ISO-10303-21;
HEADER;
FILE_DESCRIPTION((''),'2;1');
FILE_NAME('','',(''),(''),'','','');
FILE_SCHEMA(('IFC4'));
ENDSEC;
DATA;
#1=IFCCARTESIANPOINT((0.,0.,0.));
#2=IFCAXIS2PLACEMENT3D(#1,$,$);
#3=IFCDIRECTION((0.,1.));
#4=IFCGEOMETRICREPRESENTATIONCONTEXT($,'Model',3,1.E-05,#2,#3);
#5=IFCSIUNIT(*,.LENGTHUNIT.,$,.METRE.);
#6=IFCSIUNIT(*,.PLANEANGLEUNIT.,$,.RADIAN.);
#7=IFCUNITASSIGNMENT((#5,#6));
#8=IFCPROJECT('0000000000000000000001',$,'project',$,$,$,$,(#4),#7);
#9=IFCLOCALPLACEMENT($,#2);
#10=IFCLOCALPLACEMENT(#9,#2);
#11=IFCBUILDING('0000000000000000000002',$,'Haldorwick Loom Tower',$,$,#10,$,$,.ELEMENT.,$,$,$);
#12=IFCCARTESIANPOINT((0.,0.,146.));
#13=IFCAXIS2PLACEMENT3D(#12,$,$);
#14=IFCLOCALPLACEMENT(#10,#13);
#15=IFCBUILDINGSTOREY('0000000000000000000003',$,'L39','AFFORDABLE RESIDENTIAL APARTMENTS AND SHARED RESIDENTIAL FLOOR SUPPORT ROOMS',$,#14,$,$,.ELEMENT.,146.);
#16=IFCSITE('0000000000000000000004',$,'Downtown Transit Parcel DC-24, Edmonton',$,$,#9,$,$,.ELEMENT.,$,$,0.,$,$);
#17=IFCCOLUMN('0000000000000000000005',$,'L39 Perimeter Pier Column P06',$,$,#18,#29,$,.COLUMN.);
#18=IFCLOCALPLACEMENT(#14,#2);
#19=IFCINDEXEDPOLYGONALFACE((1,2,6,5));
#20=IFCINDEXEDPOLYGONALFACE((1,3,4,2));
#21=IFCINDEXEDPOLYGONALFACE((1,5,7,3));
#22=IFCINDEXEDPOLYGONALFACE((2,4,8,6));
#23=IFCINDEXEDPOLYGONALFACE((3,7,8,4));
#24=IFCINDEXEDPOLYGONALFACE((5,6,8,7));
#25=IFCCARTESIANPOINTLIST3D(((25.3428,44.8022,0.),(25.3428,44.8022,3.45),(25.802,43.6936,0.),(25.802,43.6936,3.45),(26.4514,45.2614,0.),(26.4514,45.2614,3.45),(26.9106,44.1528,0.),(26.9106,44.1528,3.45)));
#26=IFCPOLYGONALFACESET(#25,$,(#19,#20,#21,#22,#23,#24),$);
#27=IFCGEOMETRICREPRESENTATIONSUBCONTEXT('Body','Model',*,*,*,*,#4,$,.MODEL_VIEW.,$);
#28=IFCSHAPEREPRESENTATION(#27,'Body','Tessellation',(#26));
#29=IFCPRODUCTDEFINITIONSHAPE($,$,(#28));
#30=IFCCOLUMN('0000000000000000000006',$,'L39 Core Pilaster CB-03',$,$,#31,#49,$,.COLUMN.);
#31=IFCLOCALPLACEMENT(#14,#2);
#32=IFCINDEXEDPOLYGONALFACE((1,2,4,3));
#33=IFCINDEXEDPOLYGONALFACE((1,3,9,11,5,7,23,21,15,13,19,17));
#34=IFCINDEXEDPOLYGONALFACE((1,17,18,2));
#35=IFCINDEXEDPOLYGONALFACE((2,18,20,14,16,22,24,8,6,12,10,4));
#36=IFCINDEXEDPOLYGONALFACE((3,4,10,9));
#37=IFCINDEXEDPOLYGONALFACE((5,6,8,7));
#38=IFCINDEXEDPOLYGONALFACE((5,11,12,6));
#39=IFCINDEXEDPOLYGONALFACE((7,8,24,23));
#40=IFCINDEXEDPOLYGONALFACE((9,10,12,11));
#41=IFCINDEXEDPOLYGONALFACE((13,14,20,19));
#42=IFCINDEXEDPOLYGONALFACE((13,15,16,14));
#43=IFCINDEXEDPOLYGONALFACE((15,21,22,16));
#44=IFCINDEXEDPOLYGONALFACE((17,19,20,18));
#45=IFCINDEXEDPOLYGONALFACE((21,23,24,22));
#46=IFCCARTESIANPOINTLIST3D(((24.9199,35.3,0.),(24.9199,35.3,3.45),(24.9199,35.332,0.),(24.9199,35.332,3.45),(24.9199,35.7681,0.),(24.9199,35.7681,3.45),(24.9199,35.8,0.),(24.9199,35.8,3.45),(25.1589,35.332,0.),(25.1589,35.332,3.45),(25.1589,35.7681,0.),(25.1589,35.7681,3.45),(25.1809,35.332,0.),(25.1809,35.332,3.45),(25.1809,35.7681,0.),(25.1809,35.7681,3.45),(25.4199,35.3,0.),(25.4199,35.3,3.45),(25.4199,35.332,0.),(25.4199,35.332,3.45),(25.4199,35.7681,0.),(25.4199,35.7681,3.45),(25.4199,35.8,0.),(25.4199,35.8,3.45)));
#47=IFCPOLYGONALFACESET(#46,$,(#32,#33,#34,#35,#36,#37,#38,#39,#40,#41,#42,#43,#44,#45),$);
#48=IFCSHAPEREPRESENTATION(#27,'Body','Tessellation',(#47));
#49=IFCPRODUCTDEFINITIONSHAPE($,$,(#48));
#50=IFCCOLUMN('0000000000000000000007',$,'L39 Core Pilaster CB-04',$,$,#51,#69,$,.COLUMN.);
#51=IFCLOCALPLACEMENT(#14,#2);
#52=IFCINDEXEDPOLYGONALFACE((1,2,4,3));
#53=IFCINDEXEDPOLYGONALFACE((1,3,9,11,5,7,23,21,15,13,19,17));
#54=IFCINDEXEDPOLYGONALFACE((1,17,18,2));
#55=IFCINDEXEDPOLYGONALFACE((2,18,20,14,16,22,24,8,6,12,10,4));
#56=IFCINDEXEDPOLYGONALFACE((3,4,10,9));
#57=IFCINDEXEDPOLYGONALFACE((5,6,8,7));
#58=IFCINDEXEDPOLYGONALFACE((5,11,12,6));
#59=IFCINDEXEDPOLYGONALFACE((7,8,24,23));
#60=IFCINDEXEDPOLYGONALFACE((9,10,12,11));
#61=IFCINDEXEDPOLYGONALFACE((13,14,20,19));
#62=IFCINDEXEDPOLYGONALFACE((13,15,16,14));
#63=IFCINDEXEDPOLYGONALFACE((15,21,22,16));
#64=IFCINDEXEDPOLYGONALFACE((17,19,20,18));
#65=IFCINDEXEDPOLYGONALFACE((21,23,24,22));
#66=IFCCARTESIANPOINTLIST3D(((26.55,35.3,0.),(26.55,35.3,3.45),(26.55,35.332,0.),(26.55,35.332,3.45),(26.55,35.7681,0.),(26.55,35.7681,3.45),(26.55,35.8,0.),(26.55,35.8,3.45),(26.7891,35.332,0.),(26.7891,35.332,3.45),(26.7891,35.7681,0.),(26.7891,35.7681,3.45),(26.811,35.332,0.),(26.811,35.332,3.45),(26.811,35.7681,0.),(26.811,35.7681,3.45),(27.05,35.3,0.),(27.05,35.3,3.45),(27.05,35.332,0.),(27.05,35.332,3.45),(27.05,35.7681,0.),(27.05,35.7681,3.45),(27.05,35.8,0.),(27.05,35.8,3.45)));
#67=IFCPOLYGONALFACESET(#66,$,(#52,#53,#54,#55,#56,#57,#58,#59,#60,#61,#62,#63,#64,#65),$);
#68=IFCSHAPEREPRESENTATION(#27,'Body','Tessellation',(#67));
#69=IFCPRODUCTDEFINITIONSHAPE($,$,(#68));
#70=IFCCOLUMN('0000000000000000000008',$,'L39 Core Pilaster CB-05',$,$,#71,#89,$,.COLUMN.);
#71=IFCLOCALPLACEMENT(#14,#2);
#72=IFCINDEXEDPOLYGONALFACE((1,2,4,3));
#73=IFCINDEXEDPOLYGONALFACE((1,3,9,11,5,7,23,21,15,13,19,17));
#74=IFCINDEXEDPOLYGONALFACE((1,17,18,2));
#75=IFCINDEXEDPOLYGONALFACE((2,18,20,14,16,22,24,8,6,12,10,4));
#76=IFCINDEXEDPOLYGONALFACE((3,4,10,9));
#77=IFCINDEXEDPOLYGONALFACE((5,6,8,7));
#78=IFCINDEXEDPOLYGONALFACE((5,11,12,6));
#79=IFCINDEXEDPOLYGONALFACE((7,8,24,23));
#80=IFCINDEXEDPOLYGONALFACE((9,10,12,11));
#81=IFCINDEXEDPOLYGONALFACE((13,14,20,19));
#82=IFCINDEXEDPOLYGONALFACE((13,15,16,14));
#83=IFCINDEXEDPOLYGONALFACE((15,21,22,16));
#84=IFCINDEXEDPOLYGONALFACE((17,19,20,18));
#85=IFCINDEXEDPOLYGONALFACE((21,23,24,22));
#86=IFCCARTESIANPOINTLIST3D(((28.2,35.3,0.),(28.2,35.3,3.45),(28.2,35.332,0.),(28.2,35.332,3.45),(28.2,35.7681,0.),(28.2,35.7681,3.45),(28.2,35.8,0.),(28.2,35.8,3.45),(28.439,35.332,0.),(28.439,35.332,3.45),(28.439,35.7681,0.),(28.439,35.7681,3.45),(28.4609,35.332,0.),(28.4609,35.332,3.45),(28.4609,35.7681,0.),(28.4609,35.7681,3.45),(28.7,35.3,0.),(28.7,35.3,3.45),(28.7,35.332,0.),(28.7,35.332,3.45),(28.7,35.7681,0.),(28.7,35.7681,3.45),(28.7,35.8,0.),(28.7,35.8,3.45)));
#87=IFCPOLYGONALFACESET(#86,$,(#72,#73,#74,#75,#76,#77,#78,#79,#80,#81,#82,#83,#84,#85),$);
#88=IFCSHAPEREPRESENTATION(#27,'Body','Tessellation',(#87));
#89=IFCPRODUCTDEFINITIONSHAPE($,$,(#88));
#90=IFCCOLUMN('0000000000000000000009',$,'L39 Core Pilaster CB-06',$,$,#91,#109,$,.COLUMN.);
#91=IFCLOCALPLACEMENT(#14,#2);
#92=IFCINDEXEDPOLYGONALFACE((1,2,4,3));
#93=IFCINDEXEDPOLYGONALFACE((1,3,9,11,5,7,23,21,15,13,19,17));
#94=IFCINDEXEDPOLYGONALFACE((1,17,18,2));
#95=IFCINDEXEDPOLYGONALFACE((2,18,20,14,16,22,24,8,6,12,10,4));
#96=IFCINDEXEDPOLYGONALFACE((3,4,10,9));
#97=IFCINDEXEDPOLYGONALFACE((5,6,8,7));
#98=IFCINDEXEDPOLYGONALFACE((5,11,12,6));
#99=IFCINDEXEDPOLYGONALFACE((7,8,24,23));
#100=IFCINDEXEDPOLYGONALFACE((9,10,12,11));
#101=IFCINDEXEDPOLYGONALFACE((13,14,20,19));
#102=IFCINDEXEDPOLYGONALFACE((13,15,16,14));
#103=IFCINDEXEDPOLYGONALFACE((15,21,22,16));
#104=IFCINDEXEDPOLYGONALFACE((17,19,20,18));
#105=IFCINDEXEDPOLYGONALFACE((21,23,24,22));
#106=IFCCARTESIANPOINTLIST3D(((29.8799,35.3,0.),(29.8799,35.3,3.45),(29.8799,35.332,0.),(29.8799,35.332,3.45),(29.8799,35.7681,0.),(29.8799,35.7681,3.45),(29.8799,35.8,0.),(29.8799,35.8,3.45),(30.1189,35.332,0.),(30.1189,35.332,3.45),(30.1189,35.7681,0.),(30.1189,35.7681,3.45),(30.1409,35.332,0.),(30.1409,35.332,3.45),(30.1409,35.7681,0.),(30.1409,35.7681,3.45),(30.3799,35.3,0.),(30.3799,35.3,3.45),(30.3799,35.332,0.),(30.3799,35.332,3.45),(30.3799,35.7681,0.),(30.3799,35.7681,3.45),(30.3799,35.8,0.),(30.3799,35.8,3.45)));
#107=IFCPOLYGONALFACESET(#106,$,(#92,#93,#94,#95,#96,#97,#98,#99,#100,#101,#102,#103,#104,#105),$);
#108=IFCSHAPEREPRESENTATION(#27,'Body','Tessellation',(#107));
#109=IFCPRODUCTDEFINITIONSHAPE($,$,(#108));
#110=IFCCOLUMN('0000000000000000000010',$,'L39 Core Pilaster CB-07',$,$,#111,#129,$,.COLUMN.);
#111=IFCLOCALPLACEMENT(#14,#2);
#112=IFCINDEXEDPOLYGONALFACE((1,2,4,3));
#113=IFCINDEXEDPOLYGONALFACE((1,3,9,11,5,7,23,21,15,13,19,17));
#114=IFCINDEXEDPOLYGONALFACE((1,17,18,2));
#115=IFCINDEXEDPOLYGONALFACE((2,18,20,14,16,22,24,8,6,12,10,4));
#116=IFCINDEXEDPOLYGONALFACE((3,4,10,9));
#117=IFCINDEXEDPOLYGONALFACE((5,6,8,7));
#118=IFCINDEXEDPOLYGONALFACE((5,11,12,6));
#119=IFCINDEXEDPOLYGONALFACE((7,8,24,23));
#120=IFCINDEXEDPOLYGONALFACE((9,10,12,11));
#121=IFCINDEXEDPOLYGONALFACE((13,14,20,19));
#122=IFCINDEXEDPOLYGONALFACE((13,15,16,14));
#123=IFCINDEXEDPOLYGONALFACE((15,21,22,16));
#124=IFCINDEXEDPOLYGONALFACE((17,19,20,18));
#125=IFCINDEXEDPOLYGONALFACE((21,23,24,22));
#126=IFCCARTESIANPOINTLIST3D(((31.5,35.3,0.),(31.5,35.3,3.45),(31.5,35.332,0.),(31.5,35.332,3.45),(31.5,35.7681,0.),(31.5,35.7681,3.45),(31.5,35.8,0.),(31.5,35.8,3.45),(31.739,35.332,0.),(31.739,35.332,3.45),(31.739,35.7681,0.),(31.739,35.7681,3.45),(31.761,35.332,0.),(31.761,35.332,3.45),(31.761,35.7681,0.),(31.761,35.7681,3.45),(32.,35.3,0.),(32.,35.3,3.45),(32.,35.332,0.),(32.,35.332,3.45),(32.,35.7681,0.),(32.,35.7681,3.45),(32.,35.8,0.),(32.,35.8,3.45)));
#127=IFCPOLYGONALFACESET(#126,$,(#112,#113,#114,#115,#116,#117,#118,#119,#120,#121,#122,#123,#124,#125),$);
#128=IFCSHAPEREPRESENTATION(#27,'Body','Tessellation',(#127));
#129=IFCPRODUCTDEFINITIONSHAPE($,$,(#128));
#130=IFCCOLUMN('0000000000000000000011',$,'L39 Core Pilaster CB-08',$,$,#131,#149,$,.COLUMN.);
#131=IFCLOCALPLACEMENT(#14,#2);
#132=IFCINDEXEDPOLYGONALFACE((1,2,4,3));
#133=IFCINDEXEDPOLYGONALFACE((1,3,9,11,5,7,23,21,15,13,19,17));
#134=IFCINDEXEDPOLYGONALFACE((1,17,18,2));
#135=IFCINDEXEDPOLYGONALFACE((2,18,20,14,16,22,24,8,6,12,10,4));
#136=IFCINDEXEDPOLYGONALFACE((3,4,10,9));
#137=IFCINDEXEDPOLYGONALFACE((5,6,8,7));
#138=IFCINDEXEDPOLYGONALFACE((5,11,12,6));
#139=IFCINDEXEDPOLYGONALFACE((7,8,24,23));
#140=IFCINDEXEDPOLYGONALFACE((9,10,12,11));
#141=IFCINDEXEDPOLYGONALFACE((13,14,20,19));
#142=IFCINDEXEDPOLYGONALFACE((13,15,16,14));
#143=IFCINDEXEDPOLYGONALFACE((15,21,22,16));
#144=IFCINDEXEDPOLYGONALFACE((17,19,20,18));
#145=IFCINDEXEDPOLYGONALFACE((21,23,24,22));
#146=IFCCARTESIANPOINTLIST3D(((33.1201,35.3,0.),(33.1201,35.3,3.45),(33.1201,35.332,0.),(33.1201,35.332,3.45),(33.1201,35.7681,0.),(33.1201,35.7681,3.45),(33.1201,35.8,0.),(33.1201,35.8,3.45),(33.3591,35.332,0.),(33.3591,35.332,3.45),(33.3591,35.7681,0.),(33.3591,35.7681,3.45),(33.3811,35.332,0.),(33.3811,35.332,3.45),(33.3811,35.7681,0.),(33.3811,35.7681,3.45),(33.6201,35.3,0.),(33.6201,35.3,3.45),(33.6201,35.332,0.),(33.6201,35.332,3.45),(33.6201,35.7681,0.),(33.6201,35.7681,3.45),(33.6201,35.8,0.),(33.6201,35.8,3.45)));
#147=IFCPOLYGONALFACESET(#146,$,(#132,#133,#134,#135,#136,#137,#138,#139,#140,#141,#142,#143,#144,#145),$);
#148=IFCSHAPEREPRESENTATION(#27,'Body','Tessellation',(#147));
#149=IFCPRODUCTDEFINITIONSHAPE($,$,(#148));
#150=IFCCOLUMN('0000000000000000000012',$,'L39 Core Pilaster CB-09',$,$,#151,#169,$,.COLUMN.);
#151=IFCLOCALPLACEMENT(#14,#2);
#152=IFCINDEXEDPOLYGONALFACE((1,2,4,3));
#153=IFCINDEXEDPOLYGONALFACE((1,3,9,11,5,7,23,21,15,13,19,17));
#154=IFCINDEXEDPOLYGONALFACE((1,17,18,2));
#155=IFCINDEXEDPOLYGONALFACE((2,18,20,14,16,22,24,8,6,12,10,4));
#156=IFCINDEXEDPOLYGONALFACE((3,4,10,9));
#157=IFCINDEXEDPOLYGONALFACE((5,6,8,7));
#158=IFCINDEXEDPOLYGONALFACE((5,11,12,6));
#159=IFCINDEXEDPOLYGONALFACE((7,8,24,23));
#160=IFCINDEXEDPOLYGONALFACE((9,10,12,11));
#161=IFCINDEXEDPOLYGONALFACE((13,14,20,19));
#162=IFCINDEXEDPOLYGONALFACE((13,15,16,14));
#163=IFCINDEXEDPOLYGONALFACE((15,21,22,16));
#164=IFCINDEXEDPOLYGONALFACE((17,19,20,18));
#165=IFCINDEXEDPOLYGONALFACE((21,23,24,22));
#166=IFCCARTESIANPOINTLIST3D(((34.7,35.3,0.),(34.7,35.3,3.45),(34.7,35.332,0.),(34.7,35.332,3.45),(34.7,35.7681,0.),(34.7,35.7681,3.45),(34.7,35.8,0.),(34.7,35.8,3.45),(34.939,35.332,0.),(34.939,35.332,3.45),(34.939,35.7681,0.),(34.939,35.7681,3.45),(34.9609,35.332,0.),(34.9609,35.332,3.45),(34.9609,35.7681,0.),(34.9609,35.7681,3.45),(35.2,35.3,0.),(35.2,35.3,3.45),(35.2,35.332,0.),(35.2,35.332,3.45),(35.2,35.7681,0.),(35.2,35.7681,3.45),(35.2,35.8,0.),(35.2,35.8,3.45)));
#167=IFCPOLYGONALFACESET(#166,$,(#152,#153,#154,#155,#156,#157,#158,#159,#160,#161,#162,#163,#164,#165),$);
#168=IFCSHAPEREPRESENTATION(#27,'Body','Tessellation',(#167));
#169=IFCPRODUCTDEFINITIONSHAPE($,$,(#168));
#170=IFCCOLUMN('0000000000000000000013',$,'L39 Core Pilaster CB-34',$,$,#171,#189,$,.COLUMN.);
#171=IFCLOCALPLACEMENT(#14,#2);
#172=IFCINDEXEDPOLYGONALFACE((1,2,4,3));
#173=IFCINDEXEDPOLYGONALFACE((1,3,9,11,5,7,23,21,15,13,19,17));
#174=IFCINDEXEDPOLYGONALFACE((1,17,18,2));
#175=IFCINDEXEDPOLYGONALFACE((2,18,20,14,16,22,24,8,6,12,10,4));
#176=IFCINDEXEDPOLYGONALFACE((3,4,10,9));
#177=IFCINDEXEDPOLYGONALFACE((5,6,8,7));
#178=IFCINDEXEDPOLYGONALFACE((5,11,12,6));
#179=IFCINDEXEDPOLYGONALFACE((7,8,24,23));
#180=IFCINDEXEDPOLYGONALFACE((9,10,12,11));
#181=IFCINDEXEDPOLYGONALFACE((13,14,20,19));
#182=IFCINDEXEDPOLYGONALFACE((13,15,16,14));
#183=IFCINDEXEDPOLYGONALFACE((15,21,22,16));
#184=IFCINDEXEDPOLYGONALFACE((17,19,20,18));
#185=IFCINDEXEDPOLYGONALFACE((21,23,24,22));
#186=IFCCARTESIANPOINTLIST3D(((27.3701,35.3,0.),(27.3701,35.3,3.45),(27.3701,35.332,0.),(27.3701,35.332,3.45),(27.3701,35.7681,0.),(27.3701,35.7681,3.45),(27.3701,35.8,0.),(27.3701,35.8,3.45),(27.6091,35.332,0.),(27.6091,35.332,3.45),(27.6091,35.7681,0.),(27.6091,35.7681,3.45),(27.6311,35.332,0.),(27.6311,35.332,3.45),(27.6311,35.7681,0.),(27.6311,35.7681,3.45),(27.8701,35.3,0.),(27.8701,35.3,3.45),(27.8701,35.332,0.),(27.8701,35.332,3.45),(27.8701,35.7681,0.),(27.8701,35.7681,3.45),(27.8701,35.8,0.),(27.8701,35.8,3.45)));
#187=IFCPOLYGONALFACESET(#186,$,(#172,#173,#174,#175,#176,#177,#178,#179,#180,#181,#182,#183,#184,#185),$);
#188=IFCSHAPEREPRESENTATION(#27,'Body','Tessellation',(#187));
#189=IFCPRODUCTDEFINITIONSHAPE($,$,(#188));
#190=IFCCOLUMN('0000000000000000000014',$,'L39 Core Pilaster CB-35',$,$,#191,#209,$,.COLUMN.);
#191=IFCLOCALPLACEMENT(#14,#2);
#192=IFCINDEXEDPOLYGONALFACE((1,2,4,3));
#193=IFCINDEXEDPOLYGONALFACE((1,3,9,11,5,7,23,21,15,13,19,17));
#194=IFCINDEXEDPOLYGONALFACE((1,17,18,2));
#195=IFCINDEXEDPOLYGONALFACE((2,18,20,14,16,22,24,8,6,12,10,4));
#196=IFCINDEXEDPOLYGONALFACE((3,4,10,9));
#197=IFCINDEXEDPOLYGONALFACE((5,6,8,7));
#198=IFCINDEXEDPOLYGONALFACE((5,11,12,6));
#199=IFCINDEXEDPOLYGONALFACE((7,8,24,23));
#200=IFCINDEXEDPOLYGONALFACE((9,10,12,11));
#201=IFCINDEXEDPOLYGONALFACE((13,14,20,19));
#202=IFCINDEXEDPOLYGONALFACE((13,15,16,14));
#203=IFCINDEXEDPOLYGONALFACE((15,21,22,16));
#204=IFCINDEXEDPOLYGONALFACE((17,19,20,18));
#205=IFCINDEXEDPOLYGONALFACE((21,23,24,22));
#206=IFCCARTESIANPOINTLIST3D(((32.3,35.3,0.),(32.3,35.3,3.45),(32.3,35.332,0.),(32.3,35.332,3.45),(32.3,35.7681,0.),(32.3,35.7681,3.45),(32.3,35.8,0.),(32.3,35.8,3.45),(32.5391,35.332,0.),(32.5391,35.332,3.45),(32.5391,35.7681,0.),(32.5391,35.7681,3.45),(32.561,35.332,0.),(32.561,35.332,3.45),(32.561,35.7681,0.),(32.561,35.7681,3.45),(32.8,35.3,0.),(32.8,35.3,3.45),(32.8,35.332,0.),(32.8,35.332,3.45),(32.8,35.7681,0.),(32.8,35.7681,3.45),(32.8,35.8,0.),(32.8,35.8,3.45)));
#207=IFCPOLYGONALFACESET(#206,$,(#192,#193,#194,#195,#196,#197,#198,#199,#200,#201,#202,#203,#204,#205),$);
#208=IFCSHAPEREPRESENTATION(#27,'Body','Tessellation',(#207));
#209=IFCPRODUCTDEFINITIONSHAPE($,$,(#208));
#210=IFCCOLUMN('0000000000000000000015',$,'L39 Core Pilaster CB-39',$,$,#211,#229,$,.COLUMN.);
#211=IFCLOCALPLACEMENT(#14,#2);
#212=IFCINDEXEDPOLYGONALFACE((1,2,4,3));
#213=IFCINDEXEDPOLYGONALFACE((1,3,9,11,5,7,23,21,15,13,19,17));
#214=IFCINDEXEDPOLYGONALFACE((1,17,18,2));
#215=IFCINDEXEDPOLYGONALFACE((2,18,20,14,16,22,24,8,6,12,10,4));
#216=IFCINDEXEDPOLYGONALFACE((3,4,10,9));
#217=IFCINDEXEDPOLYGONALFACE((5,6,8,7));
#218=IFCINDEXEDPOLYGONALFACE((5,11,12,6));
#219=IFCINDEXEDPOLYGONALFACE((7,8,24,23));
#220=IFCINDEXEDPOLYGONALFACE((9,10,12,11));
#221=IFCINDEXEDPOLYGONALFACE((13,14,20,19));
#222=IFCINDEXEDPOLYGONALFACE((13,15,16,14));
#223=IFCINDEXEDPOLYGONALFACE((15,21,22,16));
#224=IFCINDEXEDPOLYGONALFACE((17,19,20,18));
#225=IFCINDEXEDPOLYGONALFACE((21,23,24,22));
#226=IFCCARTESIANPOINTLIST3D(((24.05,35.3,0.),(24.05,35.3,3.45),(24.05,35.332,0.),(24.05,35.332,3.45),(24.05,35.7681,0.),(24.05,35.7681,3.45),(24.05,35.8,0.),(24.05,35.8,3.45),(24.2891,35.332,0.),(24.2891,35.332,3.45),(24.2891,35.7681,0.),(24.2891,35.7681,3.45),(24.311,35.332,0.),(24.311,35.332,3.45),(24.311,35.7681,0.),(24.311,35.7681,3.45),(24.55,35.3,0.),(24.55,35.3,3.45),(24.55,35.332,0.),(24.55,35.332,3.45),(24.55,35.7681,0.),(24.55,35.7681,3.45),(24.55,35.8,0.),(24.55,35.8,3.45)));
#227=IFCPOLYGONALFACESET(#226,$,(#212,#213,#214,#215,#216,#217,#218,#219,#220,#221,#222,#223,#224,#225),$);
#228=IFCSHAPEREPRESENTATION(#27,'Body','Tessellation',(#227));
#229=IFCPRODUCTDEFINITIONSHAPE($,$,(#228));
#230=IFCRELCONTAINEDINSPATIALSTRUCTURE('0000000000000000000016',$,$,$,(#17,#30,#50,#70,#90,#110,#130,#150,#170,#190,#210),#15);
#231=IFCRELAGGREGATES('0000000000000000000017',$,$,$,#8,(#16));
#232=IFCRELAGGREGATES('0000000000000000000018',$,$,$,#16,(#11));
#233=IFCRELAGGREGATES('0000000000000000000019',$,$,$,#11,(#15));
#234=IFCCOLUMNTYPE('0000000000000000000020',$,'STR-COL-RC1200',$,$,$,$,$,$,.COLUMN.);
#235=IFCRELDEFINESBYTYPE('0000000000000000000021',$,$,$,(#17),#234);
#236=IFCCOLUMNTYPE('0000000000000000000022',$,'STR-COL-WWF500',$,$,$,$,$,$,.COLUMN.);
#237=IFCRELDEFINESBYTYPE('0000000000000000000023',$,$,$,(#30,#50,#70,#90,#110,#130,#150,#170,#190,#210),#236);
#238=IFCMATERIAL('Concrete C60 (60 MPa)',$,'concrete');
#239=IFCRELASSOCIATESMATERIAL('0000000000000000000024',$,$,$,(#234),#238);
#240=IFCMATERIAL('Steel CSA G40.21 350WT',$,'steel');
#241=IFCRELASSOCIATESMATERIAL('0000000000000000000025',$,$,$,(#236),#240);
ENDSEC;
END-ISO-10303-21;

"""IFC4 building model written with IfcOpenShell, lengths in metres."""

from ifc_helpers import new_model, si_unit, direction, frame, origin, origin_2d, place, context, subcontext, project, spatial, rectangle, i_section, extrude, material, material_profile, profile_set, type_object, element, save


model = new_model("IFC4")

# Units and contexts
model_context = context("Model", 3, precision=1e-05, world=origin(), true_north=direction((0.0, 1.0)))
body_context = subcontext(model_context, "Body", "Model", "MODEL_VIEW")
ifc_project = project(units=[si_unit("LENGTHUNIT", "METRE"), si_unit("PLANEANGLEUNIT", "RADIAN")], contexts=[model_context])

# Site, building, storey
site_placement = place(None, origin())
site = spatial("IfcSite", under=ifc_project, at=site_placement, Name="Downtown Transit Parcel DC-24, Edmonton", CompositionType="ELEMENT", RefElevation=0.0)
building_placement = place(site_placement, origin())
building = spatial("IfcBuilding", under=site, at=building_placement, Name="Haldorwick Loom Tower", CompositionType="ELEMENT")
storey_placement = place(building_placement, frame((0.0, 0.0, 146.0)))
storey = spatial("IfcBuildingStorey", under=building, at=storey_placement, Name="L39", Description="AFFORDABLE RESIDENTIAL APARTMENTS AND SHARED RESIDENTIAL FLOOR SUPPORT ROOMS", CompositionType="ELEMENT", Elevation=146.0)

# Columns
ifc_material_1 = material(Name="Concrete C60 (60 MPa)", Category="concrete")
ifc_material_profile_1 = material_profile(ifc_material_1, rectangle(XDim=1.2, YDim=1.2, at=origin_2d()), Name="RC1200X1200", Category="concrete")
ifc_profile_set_1 = profile_set([ifc_material_profile_1], Name="Concrete C60 (60 MPa)")
column_type_1 = type_object("IfcColumnType", Name="STR-COL-RC1200", PredefinedType="COLUMN", material=ifc_profile_set_1)
column_placement = place(storey_placement, frame((26.1267, 44.4775, 0.0), z_axis=(0.0, 0.0, 1.0), x_axis=(-0.382683, 0.92388, 0.0)))
element("IfcColumn", 1, at=column_placement, inside=storey, type_object=column_type_1, Name="L39 Perimeter Pier Column P06", PredefinedType="COLUMN", context=body_context, shape_type="SweptSolid", body=[
    extrude(rectangle(XDim=1.2, YDim=1.2, at=origin_2d()), origin(), (0.0, 0.0, 1.0), 3.45),
])
ifc_material_2 = material(Name="Steel CSA G40.21 350WT", Category="steel")
ifc_material_profile_2 = material_profile(ifc_material_2, i_section(OverallWidth=0.5, OverallDepth=0.5, WebThickness=0.022, FlangeThickness=0.032, at=origin_2d()), Name="WWF500X500", Category="steel")
ifc_profile_set_2 = profile_set([ifc_material_profile_2], Name="Steel CSA G40.21 350WT")
column_type_2 = type_object("IfcColumnType", Name="STR-COL-WWF500", PredefinedType="COLUMN", material=ifc_profile_set_2)
for number, where, z_axis, x_axis, name in (
    (2, (25.1699, 35.55, 0.0), (0.0, 0.0, 1.0), (1.0, 0.0, 0.0), "L39 Core Pilaster CB-03"),
    (3, (26.8, 35.55, 0.0), (0.0, 0.0, 1.0), (1.0, 0.0, 0.0), "L39 Core Pilaster CB-04"),
    (4, (28.45, 35.55, 0.0), (0.0, 0.0, 1.0), (1.0, 0.0, 0.0), "L39 Core Pilaster CB-05"),
    (5, (30.1299, 35.55, 0.0), (0.0, 0.0, 1.0), (1.0, 0.0, 0.0), "L39 Core Pilaster CB-06"),
    (6, (31.75, 35.55, 0.0), (0.0, 0.0, 1.0), (1.0, 0.0, 0.0), "L39 Core Pilaster CB-07"),
    (7, (33.3701, 35.55, 0.0), (0.0, 0.0, 1.0), (1.0, 0.0, 0.0), "L39 Core Pilaster CB-08"),
    (8, (34.95, 35.55, 0.0), (0.0, 0.0, 1.0), (1.0, 0.0, 0.0), "L39 Core Pilaster CB-09"),
    (9, (27.6201, 35.55, 0.0), (0.0, 0.0, 1.0), (1.0, 0.0, 0.0), "L39 Core Pilaster CB-34"),
    (10, (32.55, 35.55, 0.0), (0.0, 0.0, 1.0), (1.0, 0.0, 0.0), "L39 Core Pilaster CB-35"),
    (11, (24.3, 35.55, 0.0), (0.0, 0.0, 1.0), (1.0, 0.0, 0.0), "L39 Core Pilaster CB-39"),
):
    element("IfcColumn", number, at=place(storey_placement, frame(where, z_axis=z_axis, x_axis=x_axis)), inside=storey, type_object=column_type_2, Name=name, PredefinedType="COLUMN", context=body_context, shape_type="SweptSolid", body=[
        extrude(i_section(OverallWidth=0.5, OverallDepth=0.5, WebThickness=0.022, FlangeThickness=0.032, at=origin_2d()), origin(), (0.0, 0.0, 1.0), 3.45),
    ])

save(model, "model.ifc")
